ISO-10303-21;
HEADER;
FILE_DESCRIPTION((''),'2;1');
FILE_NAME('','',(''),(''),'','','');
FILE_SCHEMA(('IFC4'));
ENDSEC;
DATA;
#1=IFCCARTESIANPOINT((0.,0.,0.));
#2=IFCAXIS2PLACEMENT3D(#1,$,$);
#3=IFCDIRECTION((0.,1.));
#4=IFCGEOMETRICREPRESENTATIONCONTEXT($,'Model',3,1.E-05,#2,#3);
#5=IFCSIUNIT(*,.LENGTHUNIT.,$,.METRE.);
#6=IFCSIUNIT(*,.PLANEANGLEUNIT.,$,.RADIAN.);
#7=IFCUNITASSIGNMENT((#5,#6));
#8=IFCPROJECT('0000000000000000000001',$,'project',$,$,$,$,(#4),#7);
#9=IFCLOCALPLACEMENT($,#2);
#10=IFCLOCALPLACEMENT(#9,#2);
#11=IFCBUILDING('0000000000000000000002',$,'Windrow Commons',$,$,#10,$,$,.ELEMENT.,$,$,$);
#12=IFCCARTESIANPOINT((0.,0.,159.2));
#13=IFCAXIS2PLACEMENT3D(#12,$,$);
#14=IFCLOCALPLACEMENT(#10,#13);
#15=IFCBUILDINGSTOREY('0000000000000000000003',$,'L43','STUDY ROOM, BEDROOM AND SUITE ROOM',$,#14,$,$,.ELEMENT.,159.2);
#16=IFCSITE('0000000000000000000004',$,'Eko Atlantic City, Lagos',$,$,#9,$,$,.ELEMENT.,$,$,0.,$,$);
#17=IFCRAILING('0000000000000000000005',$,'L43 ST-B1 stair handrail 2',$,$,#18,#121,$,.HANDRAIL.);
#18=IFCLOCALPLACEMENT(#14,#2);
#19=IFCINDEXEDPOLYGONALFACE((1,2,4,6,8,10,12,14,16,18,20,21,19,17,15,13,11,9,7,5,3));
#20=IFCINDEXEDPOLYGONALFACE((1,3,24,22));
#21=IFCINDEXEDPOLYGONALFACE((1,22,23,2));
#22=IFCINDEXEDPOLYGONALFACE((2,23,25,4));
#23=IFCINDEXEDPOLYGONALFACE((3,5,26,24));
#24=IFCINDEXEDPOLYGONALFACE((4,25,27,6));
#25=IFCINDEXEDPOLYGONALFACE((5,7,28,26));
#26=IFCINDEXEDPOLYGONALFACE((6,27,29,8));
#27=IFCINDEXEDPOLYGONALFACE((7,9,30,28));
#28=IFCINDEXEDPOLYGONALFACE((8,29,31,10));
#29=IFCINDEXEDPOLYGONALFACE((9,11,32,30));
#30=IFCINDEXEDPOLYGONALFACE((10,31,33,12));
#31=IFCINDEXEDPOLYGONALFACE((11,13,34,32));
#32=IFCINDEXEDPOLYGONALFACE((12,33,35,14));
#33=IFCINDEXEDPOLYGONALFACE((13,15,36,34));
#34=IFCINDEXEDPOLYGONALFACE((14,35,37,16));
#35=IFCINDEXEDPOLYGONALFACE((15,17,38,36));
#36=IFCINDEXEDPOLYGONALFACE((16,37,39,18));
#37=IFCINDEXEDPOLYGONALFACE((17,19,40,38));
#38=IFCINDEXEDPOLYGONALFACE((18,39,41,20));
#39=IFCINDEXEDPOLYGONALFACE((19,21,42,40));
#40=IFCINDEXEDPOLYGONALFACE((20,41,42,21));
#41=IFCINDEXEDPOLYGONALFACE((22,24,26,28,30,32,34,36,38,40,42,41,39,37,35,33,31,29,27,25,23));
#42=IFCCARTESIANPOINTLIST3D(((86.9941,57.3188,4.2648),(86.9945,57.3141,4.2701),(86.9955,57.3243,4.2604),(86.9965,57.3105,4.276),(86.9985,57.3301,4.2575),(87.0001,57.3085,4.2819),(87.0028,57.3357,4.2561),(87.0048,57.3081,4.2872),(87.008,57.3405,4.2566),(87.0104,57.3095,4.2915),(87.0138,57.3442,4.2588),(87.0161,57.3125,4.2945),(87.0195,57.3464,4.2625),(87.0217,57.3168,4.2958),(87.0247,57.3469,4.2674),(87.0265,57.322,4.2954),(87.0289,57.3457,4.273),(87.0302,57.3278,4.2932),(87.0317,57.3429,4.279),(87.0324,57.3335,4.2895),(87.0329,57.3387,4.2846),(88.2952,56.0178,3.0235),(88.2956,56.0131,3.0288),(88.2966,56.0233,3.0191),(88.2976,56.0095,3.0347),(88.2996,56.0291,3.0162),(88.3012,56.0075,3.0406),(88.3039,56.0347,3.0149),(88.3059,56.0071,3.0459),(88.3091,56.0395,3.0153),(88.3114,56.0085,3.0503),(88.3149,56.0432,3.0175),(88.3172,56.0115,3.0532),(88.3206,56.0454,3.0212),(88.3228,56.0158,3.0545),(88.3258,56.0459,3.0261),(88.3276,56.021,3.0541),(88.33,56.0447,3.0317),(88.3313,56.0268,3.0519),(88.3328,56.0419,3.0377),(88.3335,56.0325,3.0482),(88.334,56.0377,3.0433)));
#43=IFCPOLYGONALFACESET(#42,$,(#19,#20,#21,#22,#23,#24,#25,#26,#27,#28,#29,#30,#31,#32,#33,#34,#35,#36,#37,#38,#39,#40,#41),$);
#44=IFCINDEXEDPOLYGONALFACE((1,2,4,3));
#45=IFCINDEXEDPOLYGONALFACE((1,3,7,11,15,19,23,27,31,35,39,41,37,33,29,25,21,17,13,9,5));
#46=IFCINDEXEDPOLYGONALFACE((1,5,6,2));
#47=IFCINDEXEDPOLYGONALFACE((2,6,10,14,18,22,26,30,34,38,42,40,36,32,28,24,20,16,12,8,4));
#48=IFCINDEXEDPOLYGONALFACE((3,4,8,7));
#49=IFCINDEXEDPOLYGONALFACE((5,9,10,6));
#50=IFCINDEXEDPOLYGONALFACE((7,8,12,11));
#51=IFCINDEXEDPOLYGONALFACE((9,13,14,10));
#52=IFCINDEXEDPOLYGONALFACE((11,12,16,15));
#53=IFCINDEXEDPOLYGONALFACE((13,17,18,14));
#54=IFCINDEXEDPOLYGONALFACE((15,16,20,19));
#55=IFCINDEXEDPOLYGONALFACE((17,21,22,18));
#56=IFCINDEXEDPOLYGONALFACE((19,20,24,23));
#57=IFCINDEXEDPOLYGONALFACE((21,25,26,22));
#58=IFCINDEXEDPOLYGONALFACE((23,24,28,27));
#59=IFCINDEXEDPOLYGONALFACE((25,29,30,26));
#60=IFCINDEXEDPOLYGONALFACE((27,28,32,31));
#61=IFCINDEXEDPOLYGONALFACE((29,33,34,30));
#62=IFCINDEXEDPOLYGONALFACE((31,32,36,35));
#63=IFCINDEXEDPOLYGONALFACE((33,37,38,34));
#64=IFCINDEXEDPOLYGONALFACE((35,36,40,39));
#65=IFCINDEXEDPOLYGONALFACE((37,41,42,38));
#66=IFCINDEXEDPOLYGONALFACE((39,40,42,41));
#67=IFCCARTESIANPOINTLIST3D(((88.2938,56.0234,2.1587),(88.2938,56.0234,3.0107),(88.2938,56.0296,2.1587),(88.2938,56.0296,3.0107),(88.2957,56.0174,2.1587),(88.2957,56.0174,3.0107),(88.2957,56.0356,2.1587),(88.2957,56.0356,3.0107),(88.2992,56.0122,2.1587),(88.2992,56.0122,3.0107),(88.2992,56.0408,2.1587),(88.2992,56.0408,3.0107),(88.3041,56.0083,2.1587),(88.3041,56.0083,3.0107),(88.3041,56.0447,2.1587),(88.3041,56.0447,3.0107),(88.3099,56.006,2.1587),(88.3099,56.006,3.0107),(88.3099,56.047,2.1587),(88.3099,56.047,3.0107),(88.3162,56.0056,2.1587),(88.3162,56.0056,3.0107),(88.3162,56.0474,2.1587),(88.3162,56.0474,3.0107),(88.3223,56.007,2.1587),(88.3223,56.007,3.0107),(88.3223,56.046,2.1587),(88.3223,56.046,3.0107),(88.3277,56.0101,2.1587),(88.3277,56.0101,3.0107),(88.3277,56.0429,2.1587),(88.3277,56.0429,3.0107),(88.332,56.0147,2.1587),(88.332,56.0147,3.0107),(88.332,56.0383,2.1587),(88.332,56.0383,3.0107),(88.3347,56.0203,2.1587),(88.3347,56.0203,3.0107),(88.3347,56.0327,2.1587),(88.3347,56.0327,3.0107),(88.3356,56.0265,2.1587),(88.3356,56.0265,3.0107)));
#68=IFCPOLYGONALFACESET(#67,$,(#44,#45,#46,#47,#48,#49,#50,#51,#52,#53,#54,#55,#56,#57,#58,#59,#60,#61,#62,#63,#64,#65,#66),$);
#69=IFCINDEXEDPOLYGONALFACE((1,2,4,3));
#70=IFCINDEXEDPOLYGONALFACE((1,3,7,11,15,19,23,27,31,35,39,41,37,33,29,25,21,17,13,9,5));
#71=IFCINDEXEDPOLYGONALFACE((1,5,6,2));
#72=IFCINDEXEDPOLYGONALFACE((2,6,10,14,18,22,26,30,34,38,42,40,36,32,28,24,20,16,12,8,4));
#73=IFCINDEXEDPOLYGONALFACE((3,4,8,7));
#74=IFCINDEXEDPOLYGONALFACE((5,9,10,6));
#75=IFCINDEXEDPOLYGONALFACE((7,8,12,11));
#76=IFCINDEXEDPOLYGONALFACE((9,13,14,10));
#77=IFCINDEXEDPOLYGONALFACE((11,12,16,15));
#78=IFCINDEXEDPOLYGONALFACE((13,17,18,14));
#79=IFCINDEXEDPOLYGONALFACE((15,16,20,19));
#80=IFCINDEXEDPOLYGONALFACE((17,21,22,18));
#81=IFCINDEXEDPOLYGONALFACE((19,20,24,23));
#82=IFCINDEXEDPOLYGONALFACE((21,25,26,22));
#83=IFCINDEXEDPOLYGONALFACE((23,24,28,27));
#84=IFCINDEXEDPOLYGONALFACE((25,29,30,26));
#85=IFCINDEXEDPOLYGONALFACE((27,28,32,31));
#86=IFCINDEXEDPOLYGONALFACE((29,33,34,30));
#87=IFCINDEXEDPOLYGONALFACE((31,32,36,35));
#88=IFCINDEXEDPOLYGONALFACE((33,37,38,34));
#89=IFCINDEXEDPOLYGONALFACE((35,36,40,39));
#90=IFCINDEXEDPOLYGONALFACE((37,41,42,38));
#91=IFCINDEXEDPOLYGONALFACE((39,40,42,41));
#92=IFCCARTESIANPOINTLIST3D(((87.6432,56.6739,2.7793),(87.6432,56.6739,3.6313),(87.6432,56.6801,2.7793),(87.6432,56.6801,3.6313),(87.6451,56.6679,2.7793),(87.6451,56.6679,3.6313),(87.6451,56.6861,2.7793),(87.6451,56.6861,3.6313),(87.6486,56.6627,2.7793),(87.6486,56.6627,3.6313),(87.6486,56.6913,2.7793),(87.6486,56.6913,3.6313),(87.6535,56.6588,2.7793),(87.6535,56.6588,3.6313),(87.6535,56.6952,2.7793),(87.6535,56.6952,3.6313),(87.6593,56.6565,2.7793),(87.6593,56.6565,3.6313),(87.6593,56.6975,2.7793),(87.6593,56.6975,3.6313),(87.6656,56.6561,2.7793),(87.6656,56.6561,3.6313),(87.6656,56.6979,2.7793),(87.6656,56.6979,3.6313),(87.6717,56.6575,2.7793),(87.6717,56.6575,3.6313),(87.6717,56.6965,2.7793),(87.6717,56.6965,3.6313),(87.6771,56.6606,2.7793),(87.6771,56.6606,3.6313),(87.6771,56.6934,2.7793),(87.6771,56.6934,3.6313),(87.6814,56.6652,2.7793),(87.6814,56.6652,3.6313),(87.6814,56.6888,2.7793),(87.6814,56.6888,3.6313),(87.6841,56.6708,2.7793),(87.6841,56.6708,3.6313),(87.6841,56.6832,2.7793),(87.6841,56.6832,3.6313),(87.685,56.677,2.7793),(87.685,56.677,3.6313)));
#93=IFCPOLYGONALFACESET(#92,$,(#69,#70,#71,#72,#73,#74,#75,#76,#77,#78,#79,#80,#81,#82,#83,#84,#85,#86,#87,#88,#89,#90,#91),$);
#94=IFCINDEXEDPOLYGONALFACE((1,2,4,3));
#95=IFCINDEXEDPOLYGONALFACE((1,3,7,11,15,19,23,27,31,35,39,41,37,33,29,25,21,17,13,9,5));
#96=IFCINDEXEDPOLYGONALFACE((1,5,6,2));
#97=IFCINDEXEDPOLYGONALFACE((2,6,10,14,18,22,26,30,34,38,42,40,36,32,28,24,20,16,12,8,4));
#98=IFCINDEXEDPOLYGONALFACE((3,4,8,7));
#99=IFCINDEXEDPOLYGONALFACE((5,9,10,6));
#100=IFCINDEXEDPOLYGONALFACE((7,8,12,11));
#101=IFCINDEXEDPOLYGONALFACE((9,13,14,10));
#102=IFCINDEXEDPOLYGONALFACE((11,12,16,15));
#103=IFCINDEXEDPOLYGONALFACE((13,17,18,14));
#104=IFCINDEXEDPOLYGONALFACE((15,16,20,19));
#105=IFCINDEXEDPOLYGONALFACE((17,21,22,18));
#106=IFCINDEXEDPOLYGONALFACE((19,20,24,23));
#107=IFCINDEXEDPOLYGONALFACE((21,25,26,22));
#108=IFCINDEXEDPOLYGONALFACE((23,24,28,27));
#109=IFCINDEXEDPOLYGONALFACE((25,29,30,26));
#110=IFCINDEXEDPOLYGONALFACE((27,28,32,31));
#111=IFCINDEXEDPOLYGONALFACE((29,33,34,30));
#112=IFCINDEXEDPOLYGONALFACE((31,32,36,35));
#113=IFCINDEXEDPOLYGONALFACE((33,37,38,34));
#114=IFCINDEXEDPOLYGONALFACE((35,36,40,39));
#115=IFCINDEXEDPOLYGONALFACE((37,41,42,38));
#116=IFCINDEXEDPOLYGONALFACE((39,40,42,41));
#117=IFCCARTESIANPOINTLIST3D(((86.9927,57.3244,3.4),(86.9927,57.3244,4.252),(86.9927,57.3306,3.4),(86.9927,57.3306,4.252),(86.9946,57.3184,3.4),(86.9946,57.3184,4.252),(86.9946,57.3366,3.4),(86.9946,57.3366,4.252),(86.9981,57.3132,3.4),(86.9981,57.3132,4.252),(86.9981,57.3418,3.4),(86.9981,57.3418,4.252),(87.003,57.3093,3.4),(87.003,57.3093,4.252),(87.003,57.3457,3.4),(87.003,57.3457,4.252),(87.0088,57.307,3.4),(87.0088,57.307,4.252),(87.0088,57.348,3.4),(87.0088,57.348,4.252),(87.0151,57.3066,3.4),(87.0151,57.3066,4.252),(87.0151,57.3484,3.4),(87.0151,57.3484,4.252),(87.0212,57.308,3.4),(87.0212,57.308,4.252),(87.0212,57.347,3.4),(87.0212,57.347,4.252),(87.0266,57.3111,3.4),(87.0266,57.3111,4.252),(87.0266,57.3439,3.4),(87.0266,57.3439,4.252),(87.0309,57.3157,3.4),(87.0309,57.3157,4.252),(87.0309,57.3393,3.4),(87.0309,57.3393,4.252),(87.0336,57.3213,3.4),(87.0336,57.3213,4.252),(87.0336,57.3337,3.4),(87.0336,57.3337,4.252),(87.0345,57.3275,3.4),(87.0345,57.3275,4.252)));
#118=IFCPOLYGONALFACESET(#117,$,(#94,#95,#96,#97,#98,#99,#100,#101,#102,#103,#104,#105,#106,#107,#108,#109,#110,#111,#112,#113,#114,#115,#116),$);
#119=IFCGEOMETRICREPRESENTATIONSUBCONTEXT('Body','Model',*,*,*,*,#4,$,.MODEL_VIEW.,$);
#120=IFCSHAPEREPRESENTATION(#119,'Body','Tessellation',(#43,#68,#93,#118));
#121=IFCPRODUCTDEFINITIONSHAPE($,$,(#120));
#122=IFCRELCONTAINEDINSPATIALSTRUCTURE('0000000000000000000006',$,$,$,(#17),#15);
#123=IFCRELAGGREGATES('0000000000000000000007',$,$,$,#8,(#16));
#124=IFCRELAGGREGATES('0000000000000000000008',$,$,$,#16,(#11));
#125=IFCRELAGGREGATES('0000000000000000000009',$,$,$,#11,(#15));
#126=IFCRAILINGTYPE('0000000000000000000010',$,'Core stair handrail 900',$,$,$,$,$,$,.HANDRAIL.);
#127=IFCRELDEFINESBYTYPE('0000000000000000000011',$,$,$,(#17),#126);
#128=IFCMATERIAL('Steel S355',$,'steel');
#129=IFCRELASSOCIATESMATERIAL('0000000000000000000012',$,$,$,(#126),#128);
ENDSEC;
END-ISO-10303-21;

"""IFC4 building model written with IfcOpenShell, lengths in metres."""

from ifc_helpers import new_model, si_unit, direction, frame, origin, origin_2d, place, context, subcontext, project, spatial, circle, extrude, material, type_object, element, save


model = new_model("IFC4")

# Units and contexts
model_context = context("Model", 3, precision=1e-05, world=origin(), true_north=direction((0.0, 1.0)))
body_context = subcontext(model_context, "Body", "Model", "MODEL_VIEW")
ifc_project = project(units=[si_unit("LENGTHUNIT", "METRE"), si_unit("PLANEANGLEUNIT", "RADIAN")], contexts=[model_context])

# Site, building, storey
site_placement = place(None, origin())
site = spatial("IfcSite", under=ifc_project, at=site_placement, Name="Eko Atlantic City, Lagos", CompositionType="ELEMENT", RefElevation=0.0)
building_placement = place(site_placement, origin())
building = spatial("IfcBuilding", under=site, at=building_placement, Name="Windrow Commons", CompositionType="ELEMENT")
storey_placement = place(building_placement, frame((0.0, 0.0, 159.2)))
storey = spatial("IfcBuildingStorey", under=building, at=storey_placement, Name="L43", Description="STUDY ROOM, BEDROOM AND SUITE ROOM", CompositionType="ELEMENT", Elevation=159.2)

# Railing
ifc_material_1 = material(Name="Steel S355", Category="steel")
railing_type_1 = type_object("IfcRailingType", Name="Core stair handrail 900", PredefinedType="HANDRAIL", material=ifc_material_1)
railing_1_placement = place(storey_placement, frame((88.3146, 56.0265, 2.1587)))
element("IfcRailing", 1, at=railing_1_placement, inside=storey, type_object=railing_type_1, Name="L43 ST-B1 stair handrail 2", PredefinedType="HANDRAIL", context=body_context, shape_type="SweptSolid", body=[
    extrude(circle(Radius=0.024, at=origin_2d()), frame((0.0, 0.0, 0.876), z_axis=(-0.586207, 0.586162, 0.559264), x_axis=(-0.70708, -0.707134, 0.0)), (0.0, 0.0, 1.0), 2.2195),
    extrude(circle(Radius=0.021, at=origin_2d()), origin(), (0.0, 0.0, 1.0), 0.852),
    extrude(circle(Radius=0.021, at=origin_2d()), frame((-0.6506, 0.6505, 0.6206)), (0.0, 0.0, 1.0), 0.852),
    extrude(circle(Radius=0.021, at=origin_2d()), frame((-1.3011, 1.301, 1.2413)), (0.0, 0.0, 1.0), 0.852),
])

save(model, "model.ifc")
